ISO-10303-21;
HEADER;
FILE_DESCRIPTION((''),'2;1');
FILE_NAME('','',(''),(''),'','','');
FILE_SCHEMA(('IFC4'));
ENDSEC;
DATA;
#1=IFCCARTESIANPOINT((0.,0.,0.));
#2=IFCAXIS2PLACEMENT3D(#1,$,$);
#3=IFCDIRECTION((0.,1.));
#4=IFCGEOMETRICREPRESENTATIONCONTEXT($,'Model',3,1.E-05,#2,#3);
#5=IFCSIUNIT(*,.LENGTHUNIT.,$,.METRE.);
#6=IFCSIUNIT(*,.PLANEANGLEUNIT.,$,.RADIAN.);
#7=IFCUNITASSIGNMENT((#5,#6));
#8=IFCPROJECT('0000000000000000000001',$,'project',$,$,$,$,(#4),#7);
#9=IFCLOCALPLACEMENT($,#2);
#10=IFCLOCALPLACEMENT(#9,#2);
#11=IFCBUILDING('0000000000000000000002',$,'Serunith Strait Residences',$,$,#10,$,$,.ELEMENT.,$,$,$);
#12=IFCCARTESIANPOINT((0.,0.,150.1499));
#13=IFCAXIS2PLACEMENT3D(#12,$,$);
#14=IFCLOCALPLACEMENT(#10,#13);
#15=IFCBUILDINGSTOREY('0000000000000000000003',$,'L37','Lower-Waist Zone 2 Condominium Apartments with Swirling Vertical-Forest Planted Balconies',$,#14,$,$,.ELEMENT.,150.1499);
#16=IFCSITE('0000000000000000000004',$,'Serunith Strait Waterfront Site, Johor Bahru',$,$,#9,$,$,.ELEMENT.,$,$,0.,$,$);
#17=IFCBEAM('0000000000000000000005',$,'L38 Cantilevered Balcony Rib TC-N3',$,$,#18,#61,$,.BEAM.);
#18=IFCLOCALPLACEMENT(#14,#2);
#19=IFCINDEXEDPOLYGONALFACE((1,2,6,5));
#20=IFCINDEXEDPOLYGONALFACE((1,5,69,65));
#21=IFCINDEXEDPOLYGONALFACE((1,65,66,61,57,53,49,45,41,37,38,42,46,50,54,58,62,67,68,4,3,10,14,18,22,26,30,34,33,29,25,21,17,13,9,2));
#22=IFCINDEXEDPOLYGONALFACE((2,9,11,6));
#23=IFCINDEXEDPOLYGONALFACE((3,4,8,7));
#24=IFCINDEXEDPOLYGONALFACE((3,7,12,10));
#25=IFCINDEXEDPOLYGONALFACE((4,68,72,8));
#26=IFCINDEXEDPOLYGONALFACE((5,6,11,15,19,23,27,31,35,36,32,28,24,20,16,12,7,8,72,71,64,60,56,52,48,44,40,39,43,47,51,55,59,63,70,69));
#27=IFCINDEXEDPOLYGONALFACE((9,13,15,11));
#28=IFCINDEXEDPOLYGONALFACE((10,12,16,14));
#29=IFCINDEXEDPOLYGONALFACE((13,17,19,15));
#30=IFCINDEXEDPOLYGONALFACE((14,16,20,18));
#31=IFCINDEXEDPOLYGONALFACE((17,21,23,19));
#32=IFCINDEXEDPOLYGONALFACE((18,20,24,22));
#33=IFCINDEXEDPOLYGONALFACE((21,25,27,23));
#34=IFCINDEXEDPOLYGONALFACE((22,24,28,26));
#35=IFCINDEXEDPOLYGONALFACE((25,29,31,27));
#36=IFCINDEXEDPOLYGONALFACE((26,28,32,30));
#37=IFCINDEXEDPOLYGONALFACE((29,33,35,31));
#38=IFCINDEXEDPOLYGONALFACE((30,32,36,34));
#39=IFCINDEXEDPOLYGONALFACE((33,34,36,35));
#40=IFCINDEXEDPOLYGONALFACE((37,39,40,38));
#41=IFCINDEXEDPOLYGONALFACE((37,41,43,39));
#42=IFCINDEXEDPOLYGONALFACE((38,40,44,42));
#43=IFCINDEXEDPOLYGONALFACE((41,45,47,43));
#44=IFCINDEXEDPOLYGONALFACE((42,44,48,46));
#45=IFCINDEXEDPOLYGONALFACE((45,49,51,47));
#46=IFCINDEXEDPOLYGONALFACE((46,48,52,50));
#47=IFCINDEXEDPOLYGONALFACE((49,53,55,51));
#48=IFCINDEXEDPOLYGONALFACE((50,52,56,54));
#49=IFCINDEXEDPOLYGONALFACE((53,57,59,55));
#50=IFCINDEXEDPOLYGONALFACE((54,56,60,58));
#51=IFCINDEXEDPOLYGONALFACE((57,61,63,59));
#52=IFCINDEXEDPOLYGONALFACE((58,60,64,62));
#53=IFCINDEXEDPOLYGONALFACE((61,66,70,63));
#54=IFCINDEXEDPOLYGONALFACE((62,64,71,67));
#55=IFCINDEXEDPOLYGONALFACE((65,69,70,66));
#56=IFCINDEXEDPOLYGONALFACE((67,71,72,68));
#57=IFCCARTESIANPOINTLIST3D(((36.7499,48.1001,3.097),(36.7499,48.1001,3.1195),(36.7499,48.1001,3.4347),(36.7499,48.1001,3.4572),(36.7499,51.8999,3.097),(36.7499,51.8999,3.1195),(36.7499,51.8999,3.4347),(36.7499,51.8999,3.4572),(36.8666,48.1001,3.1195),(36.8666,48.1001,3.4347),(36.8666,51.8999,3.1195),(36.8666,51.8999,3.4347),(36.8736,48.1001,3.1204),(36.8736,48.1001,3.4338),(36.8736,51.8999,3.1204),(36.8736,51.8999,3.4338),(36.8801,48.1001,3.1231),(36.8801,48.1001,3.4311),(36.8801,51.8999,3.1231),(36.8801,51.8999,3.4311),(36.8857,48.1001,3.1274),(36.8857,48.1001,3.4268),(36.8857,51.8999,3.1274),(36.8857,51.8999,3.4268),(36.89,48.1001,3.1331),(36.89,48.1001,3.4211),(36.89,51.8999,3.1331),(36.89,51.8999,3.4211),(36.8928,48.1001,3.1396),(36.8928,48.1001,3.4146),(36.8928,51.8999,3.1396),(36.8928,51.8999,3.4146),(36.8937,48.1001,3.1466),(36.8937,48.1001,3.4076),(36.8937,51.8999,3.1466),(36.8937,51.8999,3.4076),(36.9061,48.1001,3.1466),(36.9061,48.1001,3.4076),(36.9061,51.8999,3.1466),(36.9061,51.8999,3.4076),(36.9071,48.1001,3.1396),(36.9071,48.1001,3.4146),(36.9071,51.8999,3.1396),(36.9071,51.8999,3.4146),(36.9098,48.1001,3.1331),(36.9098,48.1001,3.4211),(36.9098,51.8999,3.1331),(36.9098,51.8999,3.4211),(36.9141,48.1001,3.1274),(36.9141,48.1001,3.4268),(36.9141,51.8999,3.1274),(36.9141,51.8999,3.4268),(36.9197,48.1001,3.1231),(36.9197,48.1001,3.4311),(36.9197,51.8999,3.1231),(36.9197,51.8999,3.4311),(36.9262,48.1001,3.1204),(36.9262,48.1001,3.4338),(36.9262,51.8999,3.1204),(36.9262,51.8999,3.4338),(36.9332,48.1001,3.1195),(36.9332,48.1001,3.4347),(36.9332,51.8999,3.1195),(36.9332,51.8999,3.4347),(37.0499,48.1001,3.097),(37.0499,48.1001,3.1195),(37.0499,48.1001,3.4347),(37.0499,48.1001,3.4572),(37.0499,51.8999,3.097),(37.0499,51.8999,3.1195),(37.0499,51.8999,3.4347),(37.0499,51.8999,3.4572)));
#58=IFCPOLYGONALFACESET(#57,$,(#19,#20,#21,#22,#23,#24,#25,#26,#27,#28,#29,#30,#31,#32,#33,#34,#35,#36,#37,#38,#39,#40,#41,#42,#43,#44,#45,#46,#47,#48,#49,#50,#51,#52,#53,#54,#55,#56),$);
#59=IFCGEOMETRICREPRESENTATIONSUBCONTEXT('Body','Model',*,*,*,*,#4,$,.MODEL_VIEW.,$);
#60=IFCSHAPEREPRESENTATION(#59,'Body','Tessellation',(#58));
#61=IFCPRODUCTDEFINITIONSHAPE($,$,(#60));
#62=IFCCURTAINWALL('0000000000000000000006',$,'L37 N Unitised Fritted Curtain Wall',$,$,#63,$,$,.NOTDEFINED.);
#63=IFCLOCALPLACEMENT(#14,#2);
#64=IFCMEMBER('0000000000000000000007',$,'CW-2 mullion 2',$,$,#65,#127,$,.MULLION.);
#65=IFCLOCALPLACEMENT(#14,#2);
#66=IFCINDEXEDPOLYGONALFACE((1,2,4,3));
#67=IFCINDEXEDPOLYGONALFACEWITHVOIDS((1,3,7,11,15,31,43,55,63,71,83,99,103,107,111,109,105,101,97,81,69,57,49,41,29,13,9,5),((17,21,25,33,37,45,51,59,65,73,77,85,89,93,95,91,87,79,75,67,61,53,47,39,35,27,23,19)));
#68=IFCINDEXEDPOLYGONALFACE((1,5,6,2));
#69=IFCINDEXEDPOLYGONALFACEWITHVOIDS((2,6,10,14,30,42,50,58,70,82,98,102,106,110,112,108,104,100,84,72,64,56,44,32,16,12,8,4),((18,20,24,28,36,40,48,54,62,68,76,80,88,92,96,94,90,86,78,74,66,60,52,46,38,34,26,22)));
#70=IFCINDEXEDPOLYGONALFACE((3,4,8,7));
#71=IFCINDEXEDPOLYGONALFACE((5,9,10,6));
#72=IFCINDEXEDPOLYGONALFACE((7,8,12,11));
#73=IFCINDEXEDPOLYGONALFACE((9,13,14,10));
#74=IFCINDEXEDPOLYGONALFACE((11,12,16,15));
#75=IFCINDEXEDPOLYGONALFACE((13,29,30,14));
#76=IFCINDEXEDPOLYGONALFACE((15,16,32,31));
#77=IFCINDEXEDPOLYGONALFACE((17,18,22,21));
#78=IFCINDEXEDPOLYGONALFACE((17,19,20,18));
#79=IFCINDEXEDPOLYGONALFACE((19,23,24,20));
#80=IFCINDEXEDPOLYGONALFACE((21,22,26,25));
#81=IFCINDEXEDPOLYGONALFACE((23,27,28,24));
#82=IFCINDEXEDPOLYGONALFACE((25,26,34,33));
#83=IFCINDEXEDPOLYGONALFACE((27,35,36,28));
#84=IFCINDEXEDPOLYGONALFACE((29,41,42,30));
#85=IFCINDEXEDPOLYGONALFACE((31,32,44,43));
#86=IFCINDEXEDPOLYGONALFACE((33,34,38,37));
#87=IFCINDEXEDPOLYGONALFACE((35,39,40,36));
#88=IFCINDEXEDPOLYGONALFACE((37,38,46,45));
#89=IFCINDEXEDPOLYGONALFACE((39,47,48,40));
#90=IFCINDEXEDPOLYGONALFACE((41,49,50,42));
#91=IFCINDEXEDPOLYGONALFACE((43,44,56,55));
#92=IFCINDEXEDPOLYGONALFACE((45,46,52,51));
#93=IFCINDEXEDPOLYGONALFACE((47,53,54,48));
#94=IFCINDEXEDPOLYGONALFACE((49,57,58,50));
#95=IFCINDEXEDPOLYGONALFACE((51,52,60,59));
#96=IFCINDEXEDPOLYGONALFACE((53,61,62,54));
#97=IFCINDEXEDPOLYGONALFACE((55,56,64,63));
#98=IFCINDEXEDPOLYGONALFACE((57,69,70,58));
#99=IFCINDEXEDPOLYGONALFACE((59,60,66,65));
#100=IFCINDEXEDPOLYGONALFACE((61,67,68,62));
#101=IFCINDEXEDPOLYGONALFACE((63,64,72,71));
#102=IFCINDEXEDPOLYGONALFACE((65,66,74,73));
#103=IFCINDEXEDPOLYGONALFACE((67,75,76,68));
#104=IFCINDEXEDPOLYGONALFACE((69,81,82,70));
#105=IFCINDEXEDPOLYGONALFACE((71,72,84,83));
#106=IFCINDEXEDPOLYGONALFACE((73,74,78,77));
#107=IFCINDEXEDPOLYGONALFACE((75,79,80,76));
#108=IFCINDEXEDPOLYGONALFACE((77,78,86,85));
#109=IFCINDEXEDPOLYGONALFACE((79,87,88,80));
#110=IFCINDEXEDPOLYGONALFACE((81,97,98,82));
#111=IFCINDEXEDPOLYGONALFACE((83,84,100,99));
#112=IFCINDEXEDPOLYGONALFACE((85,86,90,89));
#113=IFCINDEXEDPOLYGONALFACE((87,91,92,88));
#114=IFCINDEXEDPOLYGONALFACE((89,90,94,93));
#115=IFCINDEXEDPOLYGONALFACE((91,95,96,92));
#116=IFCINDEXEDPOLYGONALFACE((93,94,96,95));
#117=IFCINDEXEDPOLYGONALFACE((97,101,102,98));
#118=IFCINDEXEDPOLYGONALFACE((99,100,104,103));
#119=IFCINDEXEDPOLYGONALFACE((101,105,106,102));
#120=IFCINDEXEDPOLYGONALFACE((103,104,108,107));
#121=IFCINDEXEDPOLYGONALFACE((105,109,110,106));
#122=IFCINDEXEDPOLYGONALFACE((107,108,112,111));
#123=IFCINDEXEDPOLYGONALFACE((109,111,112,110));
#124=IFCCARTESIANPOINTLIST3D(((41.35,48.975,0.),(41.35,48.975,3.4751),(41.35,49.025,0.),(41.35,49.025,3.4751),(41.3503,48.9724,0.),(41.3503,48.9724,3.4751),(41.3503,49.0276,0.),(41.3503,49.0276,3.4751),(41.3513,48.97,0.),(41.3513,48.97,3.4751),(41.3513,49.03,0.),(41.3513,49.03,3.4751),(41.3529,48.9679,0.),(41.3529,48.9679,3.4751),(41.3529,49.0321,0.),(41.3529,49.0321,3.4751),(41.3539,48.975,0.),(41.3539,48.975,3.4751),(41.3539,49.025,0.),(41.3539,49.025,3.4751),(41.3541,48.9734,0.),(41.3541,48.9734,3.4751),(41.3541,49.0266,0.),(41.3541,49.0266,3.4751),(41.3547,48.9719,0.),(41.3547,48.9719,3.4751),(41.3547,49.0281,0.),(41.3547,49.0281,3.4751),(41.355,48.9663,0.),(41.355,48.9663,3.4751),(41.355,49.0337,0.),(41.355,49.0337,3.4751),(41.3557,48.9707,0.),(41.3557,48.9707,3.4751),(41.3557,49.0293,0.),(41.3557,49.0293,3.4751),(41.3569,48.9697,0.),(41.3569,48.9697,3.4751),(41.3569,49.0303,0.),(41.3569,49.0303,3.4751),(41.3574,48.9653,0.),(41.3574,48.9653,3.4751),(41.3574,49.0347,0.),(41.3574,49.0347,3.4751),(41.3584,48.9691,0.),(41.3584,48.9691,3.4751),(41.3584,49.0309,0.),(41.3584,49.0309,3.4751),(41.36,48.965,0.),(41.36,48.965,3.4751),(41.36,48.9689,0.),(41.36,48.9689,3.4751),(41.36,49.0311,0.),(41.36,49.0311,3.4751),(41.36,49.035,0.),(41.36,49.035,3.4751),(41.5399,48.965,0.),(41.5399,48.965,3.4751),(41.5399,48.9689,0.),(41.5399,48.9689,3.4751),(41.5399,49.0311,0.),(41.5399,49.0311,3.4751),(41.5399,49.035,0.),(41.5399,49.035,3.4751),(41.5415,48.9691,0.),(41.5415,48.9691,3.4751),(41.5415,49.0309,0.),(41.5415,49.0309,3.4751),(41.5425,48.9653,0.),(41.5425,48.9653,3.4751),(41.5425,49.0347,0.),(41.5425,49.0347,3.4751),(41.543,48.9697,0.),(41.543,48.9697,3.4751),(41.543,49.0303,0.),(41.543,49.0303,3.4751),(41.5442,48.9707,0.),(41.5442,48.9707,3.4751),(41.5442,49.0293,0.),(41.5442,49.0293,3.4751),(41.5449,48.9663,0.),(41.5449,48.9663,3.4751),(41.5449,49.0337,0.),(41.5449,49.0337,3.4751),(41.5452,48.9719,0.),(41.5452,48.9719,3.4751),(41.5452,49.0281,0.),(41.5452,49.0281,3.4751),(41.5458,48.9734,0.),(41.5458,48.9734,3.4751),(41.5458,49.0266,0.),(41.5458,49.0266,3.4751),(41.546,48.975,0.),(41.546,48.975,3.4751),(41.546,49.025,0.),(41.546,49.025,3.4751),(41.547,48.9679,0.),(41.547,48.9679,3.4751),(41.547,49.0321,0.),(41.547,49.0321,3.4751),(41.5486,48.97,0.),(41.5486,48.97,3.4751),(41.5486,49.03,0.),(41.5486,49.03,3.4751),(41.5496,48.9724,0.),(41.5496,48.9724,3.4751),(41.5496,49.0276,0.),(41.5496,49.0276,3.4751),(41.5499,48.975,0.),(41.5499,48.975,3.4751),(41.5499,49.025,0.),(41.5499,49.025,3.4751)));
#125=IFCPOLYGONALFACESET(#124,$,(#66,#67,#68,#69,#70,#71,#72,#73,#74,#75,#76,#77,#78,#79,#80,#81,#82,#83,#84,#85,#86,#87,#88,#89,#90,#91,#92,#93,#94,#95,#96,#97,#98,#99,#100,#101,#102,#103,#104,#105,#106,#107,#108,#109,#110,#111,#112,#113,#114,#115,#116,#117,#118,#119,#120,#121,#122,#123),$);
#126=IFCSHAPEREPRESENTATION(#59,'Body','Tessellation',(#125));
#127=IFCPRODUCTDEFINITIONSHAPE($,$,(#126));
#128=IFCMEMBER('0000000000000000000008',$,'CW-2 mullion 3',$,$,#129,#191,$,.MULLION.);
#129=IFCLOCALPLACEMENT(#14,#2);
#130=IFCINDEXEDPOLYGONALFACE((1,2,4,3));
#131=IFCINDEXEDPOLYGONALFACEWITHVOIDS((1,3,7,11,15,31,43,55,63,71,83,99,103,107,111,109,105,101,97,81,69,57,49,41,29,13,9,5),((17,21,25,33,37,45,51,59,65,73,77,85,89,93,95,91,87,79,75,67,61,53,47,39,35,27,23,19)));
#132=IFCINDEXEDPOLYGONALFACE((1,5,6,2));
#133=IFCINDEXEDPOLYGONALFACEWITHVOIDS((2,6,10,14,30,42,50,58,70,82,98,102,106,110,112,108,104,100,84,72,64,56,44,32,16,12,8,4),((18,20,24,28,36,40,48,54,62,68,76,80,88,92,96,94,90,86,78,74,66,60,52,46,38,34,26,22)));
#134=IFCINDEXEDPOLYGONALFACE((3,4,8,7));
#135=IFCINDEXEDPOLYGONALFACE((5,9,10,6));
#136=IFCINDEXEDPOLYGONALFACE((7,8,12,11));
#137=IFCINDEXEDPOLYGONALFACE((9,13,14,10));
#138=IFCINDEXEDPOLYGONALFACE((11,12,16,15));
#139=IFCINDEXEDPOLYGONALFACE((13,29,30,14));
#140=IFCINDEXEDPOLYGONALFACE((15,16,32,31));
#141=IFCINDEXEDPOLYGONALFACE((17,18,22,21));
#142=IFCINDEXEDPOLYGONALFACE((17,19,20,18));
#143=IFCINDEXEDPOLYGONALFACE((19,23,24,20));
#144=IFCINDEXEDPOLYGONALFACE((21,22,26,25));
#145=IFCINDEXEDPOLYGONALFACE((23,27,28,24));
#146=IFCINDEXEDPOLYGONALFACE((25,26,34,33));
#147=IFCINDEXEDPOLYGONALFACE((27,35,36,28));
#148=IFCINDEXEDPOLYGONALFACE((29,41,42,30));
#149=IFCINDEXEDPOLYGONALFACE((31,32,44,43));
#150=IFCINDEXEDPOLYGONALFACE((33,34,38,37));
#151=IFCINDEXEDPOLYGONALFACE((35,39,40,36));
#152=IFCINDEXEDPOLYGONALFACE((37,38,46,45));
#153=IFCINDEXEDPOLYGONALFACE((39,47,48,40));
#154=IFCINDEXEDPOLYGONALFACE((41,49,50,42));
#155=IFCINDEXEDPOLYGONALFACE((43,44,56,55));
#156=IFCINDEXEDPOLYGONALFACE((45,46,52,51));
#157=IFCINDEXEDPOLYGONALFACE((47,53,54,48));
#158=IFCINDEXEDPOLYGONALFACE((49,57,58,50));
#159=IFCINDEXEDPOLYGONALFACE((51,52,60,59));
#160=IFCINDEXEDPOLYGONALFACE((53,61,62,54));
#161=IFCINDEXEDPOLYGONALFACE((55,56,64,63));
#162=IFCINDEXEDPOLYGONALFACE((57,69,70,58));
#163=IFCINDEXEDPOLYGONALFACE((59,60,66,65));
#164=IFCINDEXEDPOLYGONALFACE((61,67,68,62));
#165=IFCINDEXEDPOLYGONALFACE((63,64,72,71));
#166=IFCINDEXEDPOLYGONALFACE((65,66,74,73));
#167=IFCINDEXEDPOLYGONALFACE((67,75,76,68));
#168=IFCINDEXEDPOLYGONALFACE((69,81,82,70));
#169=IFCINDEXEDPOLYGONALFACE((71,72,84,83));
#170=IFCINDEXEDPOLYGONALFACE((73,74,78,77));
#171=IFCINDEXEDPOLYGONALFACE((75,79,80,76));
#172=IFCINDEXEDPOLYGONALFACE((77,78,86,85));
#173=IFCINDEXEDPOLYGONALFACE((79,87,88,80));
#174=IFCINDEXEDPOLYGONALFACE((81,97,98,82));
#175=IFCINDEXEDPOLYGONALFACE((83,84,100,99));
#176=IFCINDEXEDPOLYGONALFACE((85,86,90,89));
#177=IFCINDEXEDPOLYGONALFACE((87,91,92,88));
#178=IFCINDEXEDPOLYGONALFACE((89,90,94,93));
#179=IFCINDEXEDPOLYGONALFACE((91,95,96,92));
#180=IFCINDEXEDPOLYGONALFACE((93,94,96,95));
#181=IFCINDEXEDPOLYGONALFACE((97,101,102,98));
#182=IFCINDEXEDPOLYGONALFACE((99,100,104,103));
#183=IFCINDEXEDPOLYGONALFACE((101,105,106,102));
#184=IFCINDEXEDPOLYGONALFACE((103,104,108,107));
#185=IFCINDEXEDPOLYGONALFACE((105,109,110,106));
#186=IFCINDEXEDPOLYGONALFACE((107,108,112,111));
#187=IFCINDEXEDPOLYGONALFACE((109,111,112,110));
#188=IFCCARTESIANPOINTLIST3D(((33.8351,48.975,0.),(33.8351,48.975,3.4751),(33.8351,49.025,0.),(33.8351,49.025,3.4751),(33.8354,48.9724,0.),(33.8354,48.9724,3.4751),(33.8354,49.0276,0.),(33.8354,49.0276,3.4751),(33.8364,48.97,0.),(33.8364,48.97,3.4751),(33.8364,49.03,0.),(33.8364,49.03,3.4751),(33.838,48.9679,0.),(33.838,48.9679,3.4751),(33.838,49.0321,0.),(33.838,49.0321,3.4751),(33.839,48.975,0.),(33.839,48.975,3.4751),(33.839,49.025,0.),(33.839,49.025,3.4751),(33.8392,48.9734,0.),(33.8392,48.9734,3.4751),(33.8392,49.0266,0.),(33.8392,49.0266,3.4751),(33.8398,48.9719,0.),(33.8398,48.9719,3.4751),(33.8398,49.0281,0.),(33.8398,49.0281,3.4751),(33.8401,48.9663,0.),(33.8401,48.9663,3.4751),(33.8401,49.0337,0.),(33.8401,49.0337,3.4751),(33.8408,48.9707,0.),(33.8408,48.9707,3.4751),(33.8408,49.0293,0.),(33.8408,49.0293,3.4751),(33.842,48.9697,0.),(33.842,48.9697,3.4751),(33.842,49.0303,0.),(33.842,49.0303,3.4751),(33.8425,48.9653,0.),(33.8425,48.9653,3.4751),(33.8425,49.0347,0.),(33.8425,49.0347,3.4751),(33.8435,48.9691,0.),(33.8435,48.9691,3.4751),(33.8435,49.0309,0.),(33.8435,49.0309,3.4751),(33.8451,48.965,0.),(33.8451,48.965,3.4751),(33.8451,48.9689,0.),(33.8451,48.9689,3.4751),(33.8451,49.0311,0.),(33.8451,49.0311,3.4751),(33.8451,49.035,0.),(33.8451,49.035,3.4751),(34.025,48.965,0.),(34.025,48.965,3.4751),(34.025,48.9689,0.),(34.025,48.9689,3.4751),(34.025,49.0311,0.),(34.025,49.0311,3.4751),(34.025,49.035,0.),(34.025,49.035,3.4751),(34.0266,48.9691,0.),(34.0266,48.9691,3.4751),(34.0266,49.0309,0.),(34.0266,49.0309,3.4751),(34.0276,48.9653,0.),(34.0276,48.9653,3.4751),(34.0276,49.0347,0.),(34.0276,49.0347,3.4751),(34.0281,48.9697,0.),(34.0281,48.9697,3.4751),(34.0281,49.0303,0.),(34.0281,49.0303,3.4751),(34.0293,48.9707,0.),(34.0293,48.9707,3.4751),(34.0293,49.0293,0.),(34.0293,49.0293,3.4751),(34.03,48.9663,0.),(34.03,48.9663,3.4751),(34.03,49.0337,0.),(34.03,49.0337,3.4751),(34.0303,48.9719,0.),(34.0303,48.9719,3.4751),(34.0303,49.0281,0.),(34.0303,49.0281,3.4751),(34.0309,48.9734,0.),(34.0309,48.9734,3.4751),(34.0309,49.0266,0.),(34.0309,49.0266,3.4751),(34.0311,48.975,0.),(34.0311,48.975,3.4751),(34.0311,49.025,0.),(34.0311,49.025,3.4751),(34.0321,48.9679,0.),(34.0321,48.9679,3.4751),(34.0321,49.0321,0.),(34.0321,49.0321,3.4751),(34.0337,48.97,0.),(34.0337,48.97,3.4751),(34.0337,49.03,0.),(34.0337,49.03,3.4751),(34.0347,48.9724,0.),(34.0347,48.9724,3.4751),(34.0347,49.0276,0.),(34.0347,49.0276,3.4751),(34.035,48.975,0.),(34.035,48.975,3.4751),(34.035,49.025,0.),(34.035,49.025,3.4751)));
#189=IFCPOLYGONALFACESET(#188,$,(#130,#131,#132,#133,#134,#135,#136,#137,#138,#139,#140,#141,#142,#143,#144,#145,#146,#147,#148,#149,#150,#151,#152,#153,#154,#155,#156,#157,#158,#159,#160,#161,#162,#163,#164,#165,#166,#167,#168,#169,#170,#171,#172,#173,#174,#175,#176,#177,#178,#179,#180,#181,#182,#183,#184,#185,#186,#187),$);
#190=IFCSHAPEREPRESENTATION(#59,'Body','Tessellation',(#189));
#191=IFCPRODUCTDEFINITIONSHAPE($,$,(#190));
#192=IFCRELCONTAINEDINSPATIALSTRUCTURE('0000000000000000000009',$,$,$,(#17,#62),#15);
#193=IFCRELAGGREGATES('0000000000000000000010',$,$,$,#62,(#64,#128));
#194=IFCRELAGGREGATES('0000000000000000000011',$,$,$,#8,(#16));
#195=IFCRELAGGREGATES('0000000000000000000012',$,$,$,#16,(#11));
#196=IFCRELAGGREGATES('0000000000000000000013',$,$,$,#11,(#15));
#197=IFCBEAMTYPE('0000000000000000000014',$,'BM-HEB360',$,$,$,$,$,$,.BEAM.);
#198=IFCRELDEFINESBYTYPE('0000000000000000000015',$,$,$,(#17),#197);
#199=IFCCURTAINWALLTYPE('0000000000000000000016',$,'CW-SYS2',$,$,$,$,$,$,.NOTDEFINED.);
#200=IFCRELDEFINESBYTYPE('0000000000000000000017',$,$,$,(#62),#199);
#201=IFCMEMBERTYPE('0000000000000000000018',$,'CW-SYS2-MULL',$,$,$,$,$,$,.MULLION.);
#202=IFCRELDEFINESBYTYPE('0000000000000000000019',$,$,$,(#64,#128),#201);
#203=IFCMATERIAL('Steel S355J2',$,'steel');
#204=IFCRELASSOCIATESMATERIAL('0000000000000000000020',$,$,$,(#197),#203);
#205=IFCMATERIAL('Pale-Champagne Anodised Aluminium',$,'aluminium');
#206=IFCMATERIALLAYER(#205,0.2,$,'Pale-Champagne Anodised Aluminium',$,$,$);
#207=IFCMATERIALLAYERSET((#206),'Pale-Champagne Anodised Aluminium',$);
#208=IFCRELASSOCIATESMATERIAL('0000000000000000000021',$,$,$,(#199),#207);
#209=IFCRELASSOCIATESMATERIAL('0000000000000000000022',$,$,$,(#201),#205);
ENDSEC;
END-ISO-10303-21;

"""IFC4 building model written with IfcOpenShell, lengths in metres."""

from ifc_helpers import new_model, si_unit, direction, frame, origin, origin_2d, place, context, subcontext, project, spatial, hollow_rectangle, i_section, extrude, source, transform, mapped, material, layer, layer_set, material_profile, profile_set, type_object, element, aggregate, save


model = new_model("IFC4")

# Units and contexts
model_context = context("Model", 3, precision=1e-05, world=origin(), true_north=direction((0.0, 1.0)))
body_context = subcontext(model_context, "Body", "Model", "MODEL_VIEW")
ifc_project = project(units=[si_unit("LENGTHUNIT", "METRE"), si_unit("PLANEANGLEUNIT", "RADIAN")], contexts=[model_context])

# Site, building, storey
site_placement = place(None, origin())
site = spatial("IfcSite", under=ifc_project, at=site_placement, Name="Serunith Strait Waterfront Site, Johor Bahru", CompositionType="ELEMENT", RefElevation=0.0)
building_placement = place(site_placement, origin())
building = spatial("IfcBuilding", under=site, at=building_placement, Name="Serunith Strait Residences", CompositionType="ELEMENT")
storey_placement = place(building_placement, frame((0.0, 0.0, 150.1499)))
storey = spatial("IfcBuildingStorey", under=building, at=storey_placement, Name="L37", Description="Lower-Waist Zone 2 Condominium Apartments with Swirling Vertical-Forest Planted Balconies", CompositionType="ELEMENT", Elevation=150.1499)

# Beam
ifc_material_1 = material(Name="Steel S355J2", Category="steel")
ifc_material_profile_1 = material_profile(ifc_material_1, i_section(OverallWidth=0.3, OverallDepth=0.3601, WebThickness=0.0125, FlangeThickness=0.0225, FilletRadius=0.0271, at=origin_2d()), Name="HEB 360")
ifc_profile_set_1 = profile_set([ifc_material_profile_1], Name="Steel S355J2")
beam_type_1 = type_object("IfcBeamType", Name="BM-HEB360", PredefinedType="BEAM", material=ifc_profile_set_1)
shared_shape_1 = source(origin(), body_context, "Body", "SweptSolid", [
    extrude(i_section(OverallWidth=0.3, OverallDepth=0.3601, WebThickness=0.0125, FlangeThickness=0.0225, FilletRadius=0.0271, at=origin_2d()), origin(), (0.0, 0.0, 1.0), 3.7998),
])
beam_1_placement = place(storey_placement, frame((36.8999, 48.1001, 3.2771), z_axis=(0.0, 1.0, 0.0), x_axis=(-1.0, 0.0, 0.0)))
element("IfcBeam", 1, at=beam_1_placement, inside=storey, type_object=beam_type_1, Name="L38 Cantilevered Balcony Rib TC-N3", PredefinedType="BEAM", context=body_context, shape_type="MappedRepresentation", body=[
    mapped(shared_shape_1, transform((0.0, 0.0, 0.0), scale=1.0)),
])

# Curtain wall, members
ifc_material_2 = material(Name="Pale-Champagne Anodised Aluminium", Category="aluminium")
ifc_layer_1 = layer(ifc_material_2, 0.2, Name="Pale-Champagne Anodised Aluminium")
ifc_layer_set_1 = layer_set([ifc_layer_1], Name="Pale-Champagne Anodised Aluminium")
curtain_wall_type = type_object("IfcCurtainWallType", Name="CW-SYS2", PredefinedType="NOTDEFINED", material=ifc_layer_set_1)
curtain_wall_placement = place(storey_placement, origin())
curtain_wall = element("IfcCurtainWall", 2, at=curtain_wall_placement, inside=storey, type_object=curtain_wall_type, Name="L37 N Unitised Fritted Curtain Wall", PredefinedType="NOTDEFINED")
ifc_material_profile_2 = material_profile(ifc_material_2, hollow_rectangle(XDim=0.0701, YDim=0.2, WallThickness=0.0039, InnerFilletRadius=0.0061, OuterFilletRadius=0.01, at=origin_2d()), Name="ALU 200x70x4")
ifc_profile_set_2 = profile_set([ifc_material_profile_2], Name="Pale-Champagne Anodised Aluminium")
member_type_1 = type_object("IfcMemberType", Name="CW-SYS2-MULL", PredefinedType="MULLION", material=ifc_profile_set_2)
shared_shape_2 = source(origin(), body_context, "Body", "SweptSolid", [
    extrude(hollow_rectangle(XDim=0.0701, YDim=0.2, WallThickness=0.0039, InnerFilletRadius=0.0061, OuterFilletRadius=0.01, at=origin_2d()), origin(), (0.0, 0.0, 1.0), 3.4751),
])
member_1_placement = place(storey_placement, frame((41.45, 49.0, 0.0), z_axis=(0.0, 0.0, 1.0), x_axis=(0.0, -1.0, 0.0)))
member_1 = element("IfcMember", 3, at=member_1_placement, type_object=member_type_1, Name="CW-2 mullion 2", PredefinedType="MULLION", context=body_context, shape_type="MappedRepresentation", body=[
    mapped(shared_shape_2, transform((0.0, 0.0, 0.0), scale=1.0)),
])
member_2_placement = place(storey_placement, frame((33.9351, 49.0, 0.0), z_axis=(0.0, 0.0, 1.0), x_axis=(0.0, -1.0, 0.0)))
member_2 = element("IfcMember", 4, at=member_2_placement, type_object=member_type_1, Name="CW-2 mullion 3", PredefinedType="MULLION", context=body_context, shape_type="MappedRepresentation", body=[
    mapped(shared_shape_2, transform((0.0, 0.0, 0.0), scale=1.0)),
])
aggregate(curtain_wall, [member_1, member_2])

save(model, "model.ifc")
